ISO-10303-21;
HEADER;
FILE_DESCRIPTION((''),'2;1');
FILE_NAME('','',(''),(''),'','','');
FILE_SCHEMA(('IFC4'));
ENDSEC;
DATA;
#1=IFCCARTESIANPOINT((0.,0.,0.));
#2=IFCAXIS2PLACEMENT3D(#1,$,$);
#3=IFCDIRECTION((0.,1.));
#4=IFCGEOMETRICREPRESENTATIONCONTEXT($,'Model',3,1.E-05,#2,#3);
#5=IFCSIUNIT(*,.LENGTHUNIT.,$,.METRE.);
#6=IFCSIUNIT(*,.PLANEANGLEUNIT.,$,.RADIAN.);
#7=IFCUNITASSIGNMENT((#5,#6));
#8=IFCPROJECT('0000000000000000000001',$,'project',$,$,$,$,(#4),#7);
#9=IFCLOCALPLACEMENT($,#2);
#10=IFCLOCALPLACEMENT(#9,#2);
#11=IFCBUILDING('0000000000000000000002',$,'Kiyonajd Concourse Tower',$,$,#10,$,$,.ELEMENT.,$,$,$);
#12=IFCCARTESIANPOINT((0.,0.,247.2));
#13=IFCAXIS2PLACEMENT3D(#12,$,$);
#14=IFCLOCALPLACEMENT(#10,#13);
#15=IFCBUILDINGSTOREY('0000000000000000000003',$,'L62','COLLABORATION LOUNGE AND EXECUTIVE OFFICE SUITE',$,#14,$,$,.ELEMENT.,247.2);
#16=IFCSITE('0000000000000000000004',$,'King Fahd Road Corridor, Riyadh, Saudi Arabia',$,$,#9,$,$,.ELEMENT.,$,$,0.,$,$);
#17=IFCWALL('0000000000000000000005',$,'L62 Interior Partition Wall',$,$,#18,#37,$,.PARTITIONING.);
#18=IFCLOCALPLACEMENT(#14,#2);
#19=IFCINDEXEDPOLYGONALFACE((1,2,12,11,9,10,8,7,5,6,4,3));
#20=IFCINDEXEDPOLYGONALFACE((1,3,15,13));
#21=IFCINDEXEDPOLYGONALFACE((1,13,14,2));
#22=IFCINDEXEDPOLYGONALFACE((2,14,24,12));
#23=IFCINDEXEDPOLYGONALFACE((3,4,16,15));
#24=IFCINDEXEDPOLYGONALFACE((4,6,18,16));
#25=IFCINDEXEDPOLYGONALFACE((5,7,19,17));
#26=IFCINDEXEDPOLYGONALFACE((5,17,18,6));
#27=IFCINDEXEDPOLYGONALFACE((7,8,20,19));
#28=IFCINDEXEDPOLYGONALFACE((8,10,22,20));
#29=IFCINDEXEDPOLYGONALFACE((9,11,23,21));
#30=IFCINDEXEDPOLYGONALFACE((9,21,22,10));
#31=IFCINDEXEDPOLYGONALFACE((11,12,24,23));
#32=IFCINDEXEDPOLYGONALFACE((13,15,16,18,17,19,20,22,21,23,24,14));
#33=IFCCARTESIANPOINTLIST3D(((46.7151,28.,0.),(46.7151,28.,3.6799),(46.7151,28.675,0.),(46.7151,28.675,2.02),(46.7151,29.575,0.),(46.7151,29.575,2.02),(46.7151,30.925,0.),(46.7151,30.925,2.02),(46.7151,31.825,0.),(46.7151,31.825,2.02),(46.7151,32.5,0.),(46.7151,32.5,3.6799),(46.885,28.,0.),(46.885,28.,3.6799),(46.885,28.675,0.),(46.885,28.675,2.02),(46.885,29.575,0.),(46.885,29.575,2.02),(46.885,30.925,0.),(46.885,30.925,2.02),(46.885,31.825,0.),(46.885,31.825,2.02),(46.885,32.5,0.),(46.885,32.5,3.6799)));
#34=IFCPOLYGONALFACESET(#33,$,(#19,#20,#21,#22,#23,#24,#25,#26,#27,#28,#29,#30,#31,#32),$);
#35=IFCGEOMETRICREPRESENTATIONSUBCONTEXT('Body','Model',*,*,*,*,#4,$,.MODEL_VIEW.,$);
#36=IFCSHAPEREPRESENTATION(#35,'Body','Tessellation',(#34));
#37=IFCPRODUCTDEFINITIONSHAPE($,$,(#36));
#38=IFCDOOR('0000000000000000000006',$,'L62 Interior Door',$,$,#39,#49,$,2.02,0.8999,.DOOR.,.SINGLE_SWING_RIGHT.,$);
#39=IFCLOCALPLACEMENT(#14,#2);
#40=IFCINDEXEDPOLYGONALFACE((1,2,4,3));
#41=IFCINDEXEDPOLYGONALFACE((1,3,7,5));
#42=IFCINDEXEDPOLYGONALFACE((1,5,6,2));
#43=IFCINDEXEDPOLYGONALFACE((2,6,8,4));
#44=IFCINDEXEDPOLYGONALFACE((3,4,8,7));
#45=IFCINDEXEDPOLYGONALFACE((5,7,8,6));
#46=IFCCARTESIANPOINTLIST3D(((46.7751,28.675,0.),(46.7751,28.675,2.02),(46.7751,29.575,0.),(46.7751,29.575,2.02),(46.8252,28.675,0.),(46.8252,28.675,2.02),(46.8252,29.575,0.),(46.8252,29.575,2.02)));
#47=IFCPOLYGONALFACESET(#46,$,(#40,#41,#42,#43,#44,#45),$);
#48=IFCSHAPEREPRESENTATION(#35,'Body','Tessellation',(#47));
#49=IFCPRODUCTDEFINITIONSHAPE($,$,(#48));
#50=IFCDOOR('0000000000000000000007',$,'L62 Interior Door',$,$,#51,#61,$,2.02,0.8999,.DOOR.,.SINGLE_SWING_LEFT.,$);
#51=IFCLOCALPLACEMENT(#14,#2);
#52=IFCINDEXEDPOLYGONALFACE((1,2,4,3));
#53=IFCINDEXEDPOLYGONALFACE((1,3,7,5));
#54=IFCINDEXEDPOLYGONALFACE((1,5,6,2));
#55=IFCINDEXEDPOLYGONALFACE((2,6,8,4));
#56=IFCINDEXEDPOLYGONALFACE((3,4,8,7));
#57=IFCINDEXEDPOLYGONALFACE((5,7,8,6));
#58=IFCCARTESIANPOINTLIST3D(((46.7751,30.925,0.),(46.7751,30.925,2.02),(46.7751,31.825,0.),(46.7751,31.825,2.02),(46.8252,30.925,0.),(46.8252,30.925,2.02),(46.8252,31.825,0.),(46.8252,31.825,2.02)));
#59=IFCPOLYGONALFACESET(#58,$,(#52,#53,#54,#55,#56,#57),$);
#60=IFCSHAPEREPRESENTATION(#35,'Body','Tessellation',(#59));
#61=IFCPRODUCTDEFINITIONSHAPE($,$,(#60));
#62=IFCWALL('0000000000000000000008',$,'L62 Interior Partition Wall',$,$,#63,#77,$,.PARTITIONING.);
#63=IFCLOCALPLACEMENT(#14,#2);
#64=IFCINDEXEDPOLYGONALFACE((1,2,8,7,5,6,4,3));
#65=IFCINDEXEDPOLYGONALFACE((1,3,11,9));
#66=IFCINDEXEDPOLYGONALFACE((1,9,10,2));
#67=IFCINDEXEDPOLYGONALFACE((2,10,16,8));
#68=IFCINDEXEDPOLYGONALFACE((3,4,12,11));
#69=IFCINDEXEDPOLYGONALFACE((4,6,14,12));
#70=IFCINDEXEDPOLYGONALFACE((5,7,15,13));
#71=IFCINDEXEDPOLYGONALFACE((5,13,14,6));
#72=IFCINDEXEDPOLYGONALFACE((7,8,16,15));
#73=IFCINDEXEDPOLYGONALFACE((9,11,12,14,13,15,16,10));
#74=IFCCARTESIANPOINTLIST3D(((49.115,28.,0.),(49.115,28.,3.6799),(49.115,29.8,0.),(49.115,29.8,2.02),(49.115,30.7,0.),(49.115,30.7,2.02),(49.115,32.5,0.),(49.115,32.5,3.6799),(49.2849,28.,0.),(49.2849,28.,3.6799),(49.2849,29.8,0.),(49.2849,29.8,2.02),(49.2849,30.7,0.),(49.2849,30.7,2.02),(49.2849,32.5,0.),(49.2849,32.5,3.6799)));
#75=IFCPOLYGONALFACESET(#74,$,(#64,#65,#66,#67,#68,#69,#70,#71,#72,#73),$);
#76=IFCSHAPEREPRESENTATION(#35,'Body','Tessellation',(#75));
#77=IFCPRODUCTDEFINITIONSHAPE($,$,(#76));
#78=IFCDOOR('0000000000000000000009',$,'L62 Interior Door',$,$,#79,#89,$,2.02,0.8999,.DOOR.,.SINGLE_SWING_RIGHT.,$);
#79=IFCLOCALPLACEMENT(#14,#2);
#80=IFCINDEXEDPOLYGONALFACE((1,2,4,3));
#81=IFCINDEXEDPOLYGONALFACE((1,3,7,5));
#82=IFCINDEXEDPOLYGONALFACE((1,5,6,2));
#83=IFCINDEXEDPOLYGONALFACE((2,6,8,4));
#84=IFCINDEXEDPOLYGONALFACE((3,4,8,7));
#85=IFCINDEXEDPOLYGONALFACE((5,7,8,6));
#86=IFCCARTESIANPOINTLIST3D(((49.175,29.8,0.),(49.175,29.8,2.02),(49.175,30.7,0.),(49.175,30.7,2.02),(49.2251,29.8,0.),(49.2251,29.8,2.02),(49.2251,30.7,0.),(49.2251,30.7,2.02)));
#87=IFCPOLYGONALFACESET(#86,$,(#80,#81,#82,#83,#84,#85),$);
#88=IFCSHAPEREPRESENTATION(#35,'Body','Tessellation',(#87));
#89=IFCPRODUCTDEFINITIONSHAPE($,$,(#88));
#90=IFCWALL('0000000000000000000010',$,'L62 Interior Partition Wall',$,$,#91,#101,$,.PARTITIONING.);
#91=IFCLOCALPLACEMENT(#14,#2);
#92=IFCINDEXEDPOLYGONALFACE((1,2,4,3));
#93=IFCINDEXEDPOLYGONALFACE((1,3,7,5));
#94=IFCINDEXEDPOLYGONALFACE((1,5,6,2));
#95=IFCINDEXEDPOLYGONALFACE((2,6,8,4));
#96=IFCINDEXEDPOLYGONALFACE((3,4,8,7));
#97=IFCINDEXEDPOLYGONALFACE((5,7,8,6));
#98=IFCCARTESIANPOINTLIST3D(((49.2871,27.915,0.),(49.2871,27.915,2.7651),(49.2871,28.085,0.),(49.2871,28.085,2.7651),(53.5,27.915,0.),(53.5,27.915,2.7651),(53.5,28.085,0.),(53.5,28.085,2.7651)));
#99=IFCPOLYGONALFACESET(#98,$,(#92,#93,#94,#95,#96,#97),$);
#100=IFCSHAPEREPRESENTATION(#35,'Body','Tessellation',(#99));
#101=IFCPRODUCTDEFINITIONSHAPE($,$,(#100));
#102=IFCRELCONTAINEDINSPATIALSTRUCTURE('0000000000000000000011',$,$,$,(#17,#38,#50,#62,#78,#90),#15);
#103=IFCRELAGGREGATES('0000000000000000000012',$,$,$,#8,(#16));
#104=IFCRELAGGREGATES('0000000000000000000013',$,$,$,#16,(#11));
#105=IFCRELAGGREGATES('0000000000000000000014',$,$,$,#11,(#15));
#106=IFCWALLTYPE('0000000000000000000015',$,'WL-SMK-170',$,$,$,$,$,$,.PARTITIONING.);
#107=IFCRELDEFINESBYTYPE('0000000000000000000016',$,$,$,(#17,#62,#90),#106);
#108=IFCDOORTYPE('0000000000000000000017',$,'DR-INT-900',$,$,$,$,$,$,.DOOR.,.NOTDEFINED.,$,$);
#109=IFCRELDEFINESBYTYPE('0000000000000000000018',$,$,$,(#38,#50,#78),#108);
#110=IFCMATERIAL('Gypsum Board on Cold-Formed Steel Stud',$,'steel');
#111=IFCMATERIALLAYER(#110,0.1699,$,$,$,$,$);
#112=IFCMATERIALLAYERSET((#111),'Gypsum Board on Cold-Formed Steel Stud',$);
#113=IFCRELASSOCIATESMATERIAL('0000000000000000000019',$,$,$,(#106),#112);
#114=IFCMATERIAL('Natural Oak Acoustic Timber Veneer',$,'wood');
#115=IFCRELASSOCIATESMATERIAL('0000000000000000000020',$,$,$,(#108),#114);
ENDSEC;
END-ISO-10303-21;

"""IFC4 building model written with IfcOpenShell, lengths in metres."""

from ifc_helpers import new_model, si_unit, direction, frame, frame_2d, origin, place, context, subcontext, project, spatial, rectangle, extrude, material, layer, layer_set, type_object, element, fill, save


model = new_model("IFC4")

# Units and contexts
model_context = context("Model", 3, precision=1e-05, world=origin(), true_north=direction((0.0, 1.0)))
body_context = subcontext(model_context, "Body", "Model", "MODEL_VIEW")
ifc_project = project(units=[si_unit("LENGTHUNIT", "METRE"), si_unit("PLANEANGLEUNIT", "RADIAN")], contexts=[model_context])

# Site, building, storey
site_placement = place(None, origin())
site = spatial("IfcSite", under=ifc_project, at=site_placement, Name="King Fahd Road Corridor, Riyadh, Saudi Arabia", CompositionType="ELEMENT", RefElevation=0.0)
building_placement = place(site_placement, origin())
building = spatial("IfcBuilding", under=site, at=building_placement, Name="Kiyonajd Concourse Tower", CompositionType="ELEMENT")
storey_placement = place(building_placement, frame((0.0, 0.0, 247.2)))
storey = spatial("IfcBuildingStorey", under=building, at=storey_placement, Name="L62", Description="COLLABORATION LOUNGE AND EXECUTIVE OFFICE SUITE", CompositionType="ELEMENT", Elevation=247.2)

# Shared definitions
ifc_material_1 = material(Name="Gypsum Board on Cold-Formed Steel Stud", Category="steel")

# Shared definitions
ifc_layer_1 = layer(ifc_material_1, 0.1699)
ifc_layer_set_1 = layer_set([ifc_layer_1], Name="Gypsum Board on Cold-Formed Steel Stud")
wall_type_1 = type_object("IfcWallType", Name="WL-SMK-170", PredefinedType="PARTITIONING", material=ifc_layer_set_1)
ifc_material_2 = material(Name="Natural Oak Acoustic Timber Veneer", Category="wood")
door_type = type_object("IfcDoorType", Name="DR-INT-900", OperationType="NOTDEFINED", PredefinedType="DOOR", material=ifc_material_2)

# Wall, openings, doors
wall_1_placement = place(storey_placement, frame((46.8, 28.0, 0.0), z_axis=(0.0, 0.0, 1.0), x_axis=(0.0, 1.0, 0.0)))
wall_1 = element("IfcWall", 1, at=wall_1_placement, inside=storey, type_object=wall_type_1, Name="L62 Interior Partition Wall", PredefinedType="PARTITIONING", context=body_context, shape_type="SweptSolid", body=[
    extrude(rectangle(XDim=4.5, YDim=0.1699, at=frame_2d((2.25, 0.0))), origin(), (0.0, 0.0, 1.0), 3.6799),
])
opening_1_placement = place(wall_1_placement, frame((0.675, 0.0, 0.0)))
opening_1 = element("IfcOpeningElement", 2, at=opening_1_placement, cuts=wall_1, PredefinedType="OPENING", context=body_context, shape_type="SweptSolid", body=[
    extrude(rectangle(XDim=0.8999, YDim=2.02, at=frame_2d((0.45, 1.01))), frame((0.0, 0.095, 0.0), z_axis=(0.0, -1.0, 0.0), x_axis=(1.0, 0.0, 0.0)), (0.0, 0.0, 1.0), 0.1899),
])
opening_2_placement = place(wall_1_placement, frame((2.925, 0.0, 0.0)))
opening_2 = element("IfcOpeningElement", 3, at=opening_2_placement, cuts=wall_1, PredefinedType="OPENING", context=body_context, shape_type="SweptSolid", body=[
    extrude(rectangle(XDim=0.8999, YDim=2.02, at=frame_2d((0.45, 1.01))), frame((0.0, 0.095, 0.0), z_axis=(0.0, -1.0, 0.0), x_axis=(1.0, 0.0, 0.0)), (0.0, 0.0, 1.0), 0.1899),
])
door_1_placement = place(opening_1_placement, origin())
door_1 = element("IfcDoor", 4, at=door_1_placement, inside=storey, type_object=door_type, Name="L62 Interior Door", OperationType="SINGLE_SWING_RIGHT", OverallHeight=2.02, OverallWidth=0.8999, PredefinedType="DOOR", context=body_context, shape_type="SweptSolid", body=[
    extrude(rectangle(XDim=0.8999, YDim=2.02, at=frame_2d((0.45, 1.01))), frame((0.0, 0.0249, 0.0), z_axis=(0.0, -1.0, 0.0), x_axis=(1.0, 0.0, 0.0)), (0.0, 0.0, 1.0), 0.05),
])
fill(opening_1, door_1)
door_2_placement = place(opening_2_placement, origin())
door_2 = element("IfcDoor", 5, at=door_2_placement, inside=storey, type_object=door_type, Name="L62 Interior Door", OperationType="SINGLE_SWING_LEFT", OverallHeight=2.02, OverallWidth=0.8999, PredefinedType="DOOR", context=body_context, shape_type="SweptSolid", body=[
    extrude(rectangle(XDim=0.8999, YDim=2.02, at=frame_2d((0.45, 1.01))), frame((0.0, 0.0249, 0.0), z_axis=(0.0, -1.0, 0.0), x_axis=(1.0, 0.0, 0.0)), (0.0, 0.0, 1.0), 0.05),
])
fill(opening_2, door_2)

# Wall, opening, door
wall_2_placement = place(storey_placement, frame((49.2, 28.0, 0.0), z_axis=(0.0, 0.0, 1.0), x_axis=(0.0, 1.0, 0.0)))
wall_2 = element("IfcWall", 6, at=wall_2_placement, inside=storey, type_object=wall_type_1, Name="L62 Interior Partition Wall", PredefinedType="PARTITIONING", context=body_context, shape_type="SweptSolid", body=[
    extrude(rectangle(XDim=4.5, YDim=0.1699, at=frame_2d((2.25, 0.0))), origin(), (0.0, 0.0, 1.0), 3.6799),
])
opening_3_placement = place(wall_2_placement, frame((1.8, 0.0, 0.0)))
opening_3 = element("IfcOpeningElement", 7, at=opening_3_placement, cuts=wall_2, PredefinedType="OPENING", context=body_context, shape_type="SweptSolid", body=[
    extrude(rectangle(XDim=0.8999, YDim=2.02, at=frame_2d((0.45, 1.01))), frame((0.0, 0.095, 0.0), z_axis=(0.0, -1.0, 0.0), x_axis=(1.0, 0.0, 0.0)), (0.0, 0.0, 1.0), 0.1899),
])
door_3_placement = place(opening_3_placement, origin())
door_3 = element("IfcDoor", 8, at=door_3_placement, inside=storey, type_object=door_type, Name="L62 Interior Door", OperationType="SINGLE_SWING_RIGHT", OverallHeight=2.02, OverallWidth=0.8999, PredefinedType="DOOR", context=body_context, shape_type="SweptSolid", body=[
    extrude(rectangle(XDim=0.8999, YDim=2.02, at=frame_2d((0.45, 1.01))), frame((0.0, 0.0249, 0.0), z_axis=(0.0, -1.0, 0.0), x_axis=(1.0, 0.0, 0.0)), (0.0, 0.0, 1.0), 0.05),
])
fill(opening_3, door_3)

# Wall
wall_3_placement = place(storey_placement, frame((49.2871, 28.0, 0.0), z_axis=(0.0, 0.0, 1.0), x_axis=(1.0, 0.0, 0.0)))
element("IfcWall", 9, at=wall_3_placement, inside=storey, type_object=wall_type_1, Name="L62 Interior Partition Wall", PredefinedType="PARTITIONING", context=body_context, shape_type="SweptSolid", body=[
    extrude(rectangle(XDim=4.2129, YDim=0.1699, at=frame_2d((2.1064, 0.0))), origin(), (0.0, 0.0, 1.0), 2.7651),
])

save(model, "model.ifc")
